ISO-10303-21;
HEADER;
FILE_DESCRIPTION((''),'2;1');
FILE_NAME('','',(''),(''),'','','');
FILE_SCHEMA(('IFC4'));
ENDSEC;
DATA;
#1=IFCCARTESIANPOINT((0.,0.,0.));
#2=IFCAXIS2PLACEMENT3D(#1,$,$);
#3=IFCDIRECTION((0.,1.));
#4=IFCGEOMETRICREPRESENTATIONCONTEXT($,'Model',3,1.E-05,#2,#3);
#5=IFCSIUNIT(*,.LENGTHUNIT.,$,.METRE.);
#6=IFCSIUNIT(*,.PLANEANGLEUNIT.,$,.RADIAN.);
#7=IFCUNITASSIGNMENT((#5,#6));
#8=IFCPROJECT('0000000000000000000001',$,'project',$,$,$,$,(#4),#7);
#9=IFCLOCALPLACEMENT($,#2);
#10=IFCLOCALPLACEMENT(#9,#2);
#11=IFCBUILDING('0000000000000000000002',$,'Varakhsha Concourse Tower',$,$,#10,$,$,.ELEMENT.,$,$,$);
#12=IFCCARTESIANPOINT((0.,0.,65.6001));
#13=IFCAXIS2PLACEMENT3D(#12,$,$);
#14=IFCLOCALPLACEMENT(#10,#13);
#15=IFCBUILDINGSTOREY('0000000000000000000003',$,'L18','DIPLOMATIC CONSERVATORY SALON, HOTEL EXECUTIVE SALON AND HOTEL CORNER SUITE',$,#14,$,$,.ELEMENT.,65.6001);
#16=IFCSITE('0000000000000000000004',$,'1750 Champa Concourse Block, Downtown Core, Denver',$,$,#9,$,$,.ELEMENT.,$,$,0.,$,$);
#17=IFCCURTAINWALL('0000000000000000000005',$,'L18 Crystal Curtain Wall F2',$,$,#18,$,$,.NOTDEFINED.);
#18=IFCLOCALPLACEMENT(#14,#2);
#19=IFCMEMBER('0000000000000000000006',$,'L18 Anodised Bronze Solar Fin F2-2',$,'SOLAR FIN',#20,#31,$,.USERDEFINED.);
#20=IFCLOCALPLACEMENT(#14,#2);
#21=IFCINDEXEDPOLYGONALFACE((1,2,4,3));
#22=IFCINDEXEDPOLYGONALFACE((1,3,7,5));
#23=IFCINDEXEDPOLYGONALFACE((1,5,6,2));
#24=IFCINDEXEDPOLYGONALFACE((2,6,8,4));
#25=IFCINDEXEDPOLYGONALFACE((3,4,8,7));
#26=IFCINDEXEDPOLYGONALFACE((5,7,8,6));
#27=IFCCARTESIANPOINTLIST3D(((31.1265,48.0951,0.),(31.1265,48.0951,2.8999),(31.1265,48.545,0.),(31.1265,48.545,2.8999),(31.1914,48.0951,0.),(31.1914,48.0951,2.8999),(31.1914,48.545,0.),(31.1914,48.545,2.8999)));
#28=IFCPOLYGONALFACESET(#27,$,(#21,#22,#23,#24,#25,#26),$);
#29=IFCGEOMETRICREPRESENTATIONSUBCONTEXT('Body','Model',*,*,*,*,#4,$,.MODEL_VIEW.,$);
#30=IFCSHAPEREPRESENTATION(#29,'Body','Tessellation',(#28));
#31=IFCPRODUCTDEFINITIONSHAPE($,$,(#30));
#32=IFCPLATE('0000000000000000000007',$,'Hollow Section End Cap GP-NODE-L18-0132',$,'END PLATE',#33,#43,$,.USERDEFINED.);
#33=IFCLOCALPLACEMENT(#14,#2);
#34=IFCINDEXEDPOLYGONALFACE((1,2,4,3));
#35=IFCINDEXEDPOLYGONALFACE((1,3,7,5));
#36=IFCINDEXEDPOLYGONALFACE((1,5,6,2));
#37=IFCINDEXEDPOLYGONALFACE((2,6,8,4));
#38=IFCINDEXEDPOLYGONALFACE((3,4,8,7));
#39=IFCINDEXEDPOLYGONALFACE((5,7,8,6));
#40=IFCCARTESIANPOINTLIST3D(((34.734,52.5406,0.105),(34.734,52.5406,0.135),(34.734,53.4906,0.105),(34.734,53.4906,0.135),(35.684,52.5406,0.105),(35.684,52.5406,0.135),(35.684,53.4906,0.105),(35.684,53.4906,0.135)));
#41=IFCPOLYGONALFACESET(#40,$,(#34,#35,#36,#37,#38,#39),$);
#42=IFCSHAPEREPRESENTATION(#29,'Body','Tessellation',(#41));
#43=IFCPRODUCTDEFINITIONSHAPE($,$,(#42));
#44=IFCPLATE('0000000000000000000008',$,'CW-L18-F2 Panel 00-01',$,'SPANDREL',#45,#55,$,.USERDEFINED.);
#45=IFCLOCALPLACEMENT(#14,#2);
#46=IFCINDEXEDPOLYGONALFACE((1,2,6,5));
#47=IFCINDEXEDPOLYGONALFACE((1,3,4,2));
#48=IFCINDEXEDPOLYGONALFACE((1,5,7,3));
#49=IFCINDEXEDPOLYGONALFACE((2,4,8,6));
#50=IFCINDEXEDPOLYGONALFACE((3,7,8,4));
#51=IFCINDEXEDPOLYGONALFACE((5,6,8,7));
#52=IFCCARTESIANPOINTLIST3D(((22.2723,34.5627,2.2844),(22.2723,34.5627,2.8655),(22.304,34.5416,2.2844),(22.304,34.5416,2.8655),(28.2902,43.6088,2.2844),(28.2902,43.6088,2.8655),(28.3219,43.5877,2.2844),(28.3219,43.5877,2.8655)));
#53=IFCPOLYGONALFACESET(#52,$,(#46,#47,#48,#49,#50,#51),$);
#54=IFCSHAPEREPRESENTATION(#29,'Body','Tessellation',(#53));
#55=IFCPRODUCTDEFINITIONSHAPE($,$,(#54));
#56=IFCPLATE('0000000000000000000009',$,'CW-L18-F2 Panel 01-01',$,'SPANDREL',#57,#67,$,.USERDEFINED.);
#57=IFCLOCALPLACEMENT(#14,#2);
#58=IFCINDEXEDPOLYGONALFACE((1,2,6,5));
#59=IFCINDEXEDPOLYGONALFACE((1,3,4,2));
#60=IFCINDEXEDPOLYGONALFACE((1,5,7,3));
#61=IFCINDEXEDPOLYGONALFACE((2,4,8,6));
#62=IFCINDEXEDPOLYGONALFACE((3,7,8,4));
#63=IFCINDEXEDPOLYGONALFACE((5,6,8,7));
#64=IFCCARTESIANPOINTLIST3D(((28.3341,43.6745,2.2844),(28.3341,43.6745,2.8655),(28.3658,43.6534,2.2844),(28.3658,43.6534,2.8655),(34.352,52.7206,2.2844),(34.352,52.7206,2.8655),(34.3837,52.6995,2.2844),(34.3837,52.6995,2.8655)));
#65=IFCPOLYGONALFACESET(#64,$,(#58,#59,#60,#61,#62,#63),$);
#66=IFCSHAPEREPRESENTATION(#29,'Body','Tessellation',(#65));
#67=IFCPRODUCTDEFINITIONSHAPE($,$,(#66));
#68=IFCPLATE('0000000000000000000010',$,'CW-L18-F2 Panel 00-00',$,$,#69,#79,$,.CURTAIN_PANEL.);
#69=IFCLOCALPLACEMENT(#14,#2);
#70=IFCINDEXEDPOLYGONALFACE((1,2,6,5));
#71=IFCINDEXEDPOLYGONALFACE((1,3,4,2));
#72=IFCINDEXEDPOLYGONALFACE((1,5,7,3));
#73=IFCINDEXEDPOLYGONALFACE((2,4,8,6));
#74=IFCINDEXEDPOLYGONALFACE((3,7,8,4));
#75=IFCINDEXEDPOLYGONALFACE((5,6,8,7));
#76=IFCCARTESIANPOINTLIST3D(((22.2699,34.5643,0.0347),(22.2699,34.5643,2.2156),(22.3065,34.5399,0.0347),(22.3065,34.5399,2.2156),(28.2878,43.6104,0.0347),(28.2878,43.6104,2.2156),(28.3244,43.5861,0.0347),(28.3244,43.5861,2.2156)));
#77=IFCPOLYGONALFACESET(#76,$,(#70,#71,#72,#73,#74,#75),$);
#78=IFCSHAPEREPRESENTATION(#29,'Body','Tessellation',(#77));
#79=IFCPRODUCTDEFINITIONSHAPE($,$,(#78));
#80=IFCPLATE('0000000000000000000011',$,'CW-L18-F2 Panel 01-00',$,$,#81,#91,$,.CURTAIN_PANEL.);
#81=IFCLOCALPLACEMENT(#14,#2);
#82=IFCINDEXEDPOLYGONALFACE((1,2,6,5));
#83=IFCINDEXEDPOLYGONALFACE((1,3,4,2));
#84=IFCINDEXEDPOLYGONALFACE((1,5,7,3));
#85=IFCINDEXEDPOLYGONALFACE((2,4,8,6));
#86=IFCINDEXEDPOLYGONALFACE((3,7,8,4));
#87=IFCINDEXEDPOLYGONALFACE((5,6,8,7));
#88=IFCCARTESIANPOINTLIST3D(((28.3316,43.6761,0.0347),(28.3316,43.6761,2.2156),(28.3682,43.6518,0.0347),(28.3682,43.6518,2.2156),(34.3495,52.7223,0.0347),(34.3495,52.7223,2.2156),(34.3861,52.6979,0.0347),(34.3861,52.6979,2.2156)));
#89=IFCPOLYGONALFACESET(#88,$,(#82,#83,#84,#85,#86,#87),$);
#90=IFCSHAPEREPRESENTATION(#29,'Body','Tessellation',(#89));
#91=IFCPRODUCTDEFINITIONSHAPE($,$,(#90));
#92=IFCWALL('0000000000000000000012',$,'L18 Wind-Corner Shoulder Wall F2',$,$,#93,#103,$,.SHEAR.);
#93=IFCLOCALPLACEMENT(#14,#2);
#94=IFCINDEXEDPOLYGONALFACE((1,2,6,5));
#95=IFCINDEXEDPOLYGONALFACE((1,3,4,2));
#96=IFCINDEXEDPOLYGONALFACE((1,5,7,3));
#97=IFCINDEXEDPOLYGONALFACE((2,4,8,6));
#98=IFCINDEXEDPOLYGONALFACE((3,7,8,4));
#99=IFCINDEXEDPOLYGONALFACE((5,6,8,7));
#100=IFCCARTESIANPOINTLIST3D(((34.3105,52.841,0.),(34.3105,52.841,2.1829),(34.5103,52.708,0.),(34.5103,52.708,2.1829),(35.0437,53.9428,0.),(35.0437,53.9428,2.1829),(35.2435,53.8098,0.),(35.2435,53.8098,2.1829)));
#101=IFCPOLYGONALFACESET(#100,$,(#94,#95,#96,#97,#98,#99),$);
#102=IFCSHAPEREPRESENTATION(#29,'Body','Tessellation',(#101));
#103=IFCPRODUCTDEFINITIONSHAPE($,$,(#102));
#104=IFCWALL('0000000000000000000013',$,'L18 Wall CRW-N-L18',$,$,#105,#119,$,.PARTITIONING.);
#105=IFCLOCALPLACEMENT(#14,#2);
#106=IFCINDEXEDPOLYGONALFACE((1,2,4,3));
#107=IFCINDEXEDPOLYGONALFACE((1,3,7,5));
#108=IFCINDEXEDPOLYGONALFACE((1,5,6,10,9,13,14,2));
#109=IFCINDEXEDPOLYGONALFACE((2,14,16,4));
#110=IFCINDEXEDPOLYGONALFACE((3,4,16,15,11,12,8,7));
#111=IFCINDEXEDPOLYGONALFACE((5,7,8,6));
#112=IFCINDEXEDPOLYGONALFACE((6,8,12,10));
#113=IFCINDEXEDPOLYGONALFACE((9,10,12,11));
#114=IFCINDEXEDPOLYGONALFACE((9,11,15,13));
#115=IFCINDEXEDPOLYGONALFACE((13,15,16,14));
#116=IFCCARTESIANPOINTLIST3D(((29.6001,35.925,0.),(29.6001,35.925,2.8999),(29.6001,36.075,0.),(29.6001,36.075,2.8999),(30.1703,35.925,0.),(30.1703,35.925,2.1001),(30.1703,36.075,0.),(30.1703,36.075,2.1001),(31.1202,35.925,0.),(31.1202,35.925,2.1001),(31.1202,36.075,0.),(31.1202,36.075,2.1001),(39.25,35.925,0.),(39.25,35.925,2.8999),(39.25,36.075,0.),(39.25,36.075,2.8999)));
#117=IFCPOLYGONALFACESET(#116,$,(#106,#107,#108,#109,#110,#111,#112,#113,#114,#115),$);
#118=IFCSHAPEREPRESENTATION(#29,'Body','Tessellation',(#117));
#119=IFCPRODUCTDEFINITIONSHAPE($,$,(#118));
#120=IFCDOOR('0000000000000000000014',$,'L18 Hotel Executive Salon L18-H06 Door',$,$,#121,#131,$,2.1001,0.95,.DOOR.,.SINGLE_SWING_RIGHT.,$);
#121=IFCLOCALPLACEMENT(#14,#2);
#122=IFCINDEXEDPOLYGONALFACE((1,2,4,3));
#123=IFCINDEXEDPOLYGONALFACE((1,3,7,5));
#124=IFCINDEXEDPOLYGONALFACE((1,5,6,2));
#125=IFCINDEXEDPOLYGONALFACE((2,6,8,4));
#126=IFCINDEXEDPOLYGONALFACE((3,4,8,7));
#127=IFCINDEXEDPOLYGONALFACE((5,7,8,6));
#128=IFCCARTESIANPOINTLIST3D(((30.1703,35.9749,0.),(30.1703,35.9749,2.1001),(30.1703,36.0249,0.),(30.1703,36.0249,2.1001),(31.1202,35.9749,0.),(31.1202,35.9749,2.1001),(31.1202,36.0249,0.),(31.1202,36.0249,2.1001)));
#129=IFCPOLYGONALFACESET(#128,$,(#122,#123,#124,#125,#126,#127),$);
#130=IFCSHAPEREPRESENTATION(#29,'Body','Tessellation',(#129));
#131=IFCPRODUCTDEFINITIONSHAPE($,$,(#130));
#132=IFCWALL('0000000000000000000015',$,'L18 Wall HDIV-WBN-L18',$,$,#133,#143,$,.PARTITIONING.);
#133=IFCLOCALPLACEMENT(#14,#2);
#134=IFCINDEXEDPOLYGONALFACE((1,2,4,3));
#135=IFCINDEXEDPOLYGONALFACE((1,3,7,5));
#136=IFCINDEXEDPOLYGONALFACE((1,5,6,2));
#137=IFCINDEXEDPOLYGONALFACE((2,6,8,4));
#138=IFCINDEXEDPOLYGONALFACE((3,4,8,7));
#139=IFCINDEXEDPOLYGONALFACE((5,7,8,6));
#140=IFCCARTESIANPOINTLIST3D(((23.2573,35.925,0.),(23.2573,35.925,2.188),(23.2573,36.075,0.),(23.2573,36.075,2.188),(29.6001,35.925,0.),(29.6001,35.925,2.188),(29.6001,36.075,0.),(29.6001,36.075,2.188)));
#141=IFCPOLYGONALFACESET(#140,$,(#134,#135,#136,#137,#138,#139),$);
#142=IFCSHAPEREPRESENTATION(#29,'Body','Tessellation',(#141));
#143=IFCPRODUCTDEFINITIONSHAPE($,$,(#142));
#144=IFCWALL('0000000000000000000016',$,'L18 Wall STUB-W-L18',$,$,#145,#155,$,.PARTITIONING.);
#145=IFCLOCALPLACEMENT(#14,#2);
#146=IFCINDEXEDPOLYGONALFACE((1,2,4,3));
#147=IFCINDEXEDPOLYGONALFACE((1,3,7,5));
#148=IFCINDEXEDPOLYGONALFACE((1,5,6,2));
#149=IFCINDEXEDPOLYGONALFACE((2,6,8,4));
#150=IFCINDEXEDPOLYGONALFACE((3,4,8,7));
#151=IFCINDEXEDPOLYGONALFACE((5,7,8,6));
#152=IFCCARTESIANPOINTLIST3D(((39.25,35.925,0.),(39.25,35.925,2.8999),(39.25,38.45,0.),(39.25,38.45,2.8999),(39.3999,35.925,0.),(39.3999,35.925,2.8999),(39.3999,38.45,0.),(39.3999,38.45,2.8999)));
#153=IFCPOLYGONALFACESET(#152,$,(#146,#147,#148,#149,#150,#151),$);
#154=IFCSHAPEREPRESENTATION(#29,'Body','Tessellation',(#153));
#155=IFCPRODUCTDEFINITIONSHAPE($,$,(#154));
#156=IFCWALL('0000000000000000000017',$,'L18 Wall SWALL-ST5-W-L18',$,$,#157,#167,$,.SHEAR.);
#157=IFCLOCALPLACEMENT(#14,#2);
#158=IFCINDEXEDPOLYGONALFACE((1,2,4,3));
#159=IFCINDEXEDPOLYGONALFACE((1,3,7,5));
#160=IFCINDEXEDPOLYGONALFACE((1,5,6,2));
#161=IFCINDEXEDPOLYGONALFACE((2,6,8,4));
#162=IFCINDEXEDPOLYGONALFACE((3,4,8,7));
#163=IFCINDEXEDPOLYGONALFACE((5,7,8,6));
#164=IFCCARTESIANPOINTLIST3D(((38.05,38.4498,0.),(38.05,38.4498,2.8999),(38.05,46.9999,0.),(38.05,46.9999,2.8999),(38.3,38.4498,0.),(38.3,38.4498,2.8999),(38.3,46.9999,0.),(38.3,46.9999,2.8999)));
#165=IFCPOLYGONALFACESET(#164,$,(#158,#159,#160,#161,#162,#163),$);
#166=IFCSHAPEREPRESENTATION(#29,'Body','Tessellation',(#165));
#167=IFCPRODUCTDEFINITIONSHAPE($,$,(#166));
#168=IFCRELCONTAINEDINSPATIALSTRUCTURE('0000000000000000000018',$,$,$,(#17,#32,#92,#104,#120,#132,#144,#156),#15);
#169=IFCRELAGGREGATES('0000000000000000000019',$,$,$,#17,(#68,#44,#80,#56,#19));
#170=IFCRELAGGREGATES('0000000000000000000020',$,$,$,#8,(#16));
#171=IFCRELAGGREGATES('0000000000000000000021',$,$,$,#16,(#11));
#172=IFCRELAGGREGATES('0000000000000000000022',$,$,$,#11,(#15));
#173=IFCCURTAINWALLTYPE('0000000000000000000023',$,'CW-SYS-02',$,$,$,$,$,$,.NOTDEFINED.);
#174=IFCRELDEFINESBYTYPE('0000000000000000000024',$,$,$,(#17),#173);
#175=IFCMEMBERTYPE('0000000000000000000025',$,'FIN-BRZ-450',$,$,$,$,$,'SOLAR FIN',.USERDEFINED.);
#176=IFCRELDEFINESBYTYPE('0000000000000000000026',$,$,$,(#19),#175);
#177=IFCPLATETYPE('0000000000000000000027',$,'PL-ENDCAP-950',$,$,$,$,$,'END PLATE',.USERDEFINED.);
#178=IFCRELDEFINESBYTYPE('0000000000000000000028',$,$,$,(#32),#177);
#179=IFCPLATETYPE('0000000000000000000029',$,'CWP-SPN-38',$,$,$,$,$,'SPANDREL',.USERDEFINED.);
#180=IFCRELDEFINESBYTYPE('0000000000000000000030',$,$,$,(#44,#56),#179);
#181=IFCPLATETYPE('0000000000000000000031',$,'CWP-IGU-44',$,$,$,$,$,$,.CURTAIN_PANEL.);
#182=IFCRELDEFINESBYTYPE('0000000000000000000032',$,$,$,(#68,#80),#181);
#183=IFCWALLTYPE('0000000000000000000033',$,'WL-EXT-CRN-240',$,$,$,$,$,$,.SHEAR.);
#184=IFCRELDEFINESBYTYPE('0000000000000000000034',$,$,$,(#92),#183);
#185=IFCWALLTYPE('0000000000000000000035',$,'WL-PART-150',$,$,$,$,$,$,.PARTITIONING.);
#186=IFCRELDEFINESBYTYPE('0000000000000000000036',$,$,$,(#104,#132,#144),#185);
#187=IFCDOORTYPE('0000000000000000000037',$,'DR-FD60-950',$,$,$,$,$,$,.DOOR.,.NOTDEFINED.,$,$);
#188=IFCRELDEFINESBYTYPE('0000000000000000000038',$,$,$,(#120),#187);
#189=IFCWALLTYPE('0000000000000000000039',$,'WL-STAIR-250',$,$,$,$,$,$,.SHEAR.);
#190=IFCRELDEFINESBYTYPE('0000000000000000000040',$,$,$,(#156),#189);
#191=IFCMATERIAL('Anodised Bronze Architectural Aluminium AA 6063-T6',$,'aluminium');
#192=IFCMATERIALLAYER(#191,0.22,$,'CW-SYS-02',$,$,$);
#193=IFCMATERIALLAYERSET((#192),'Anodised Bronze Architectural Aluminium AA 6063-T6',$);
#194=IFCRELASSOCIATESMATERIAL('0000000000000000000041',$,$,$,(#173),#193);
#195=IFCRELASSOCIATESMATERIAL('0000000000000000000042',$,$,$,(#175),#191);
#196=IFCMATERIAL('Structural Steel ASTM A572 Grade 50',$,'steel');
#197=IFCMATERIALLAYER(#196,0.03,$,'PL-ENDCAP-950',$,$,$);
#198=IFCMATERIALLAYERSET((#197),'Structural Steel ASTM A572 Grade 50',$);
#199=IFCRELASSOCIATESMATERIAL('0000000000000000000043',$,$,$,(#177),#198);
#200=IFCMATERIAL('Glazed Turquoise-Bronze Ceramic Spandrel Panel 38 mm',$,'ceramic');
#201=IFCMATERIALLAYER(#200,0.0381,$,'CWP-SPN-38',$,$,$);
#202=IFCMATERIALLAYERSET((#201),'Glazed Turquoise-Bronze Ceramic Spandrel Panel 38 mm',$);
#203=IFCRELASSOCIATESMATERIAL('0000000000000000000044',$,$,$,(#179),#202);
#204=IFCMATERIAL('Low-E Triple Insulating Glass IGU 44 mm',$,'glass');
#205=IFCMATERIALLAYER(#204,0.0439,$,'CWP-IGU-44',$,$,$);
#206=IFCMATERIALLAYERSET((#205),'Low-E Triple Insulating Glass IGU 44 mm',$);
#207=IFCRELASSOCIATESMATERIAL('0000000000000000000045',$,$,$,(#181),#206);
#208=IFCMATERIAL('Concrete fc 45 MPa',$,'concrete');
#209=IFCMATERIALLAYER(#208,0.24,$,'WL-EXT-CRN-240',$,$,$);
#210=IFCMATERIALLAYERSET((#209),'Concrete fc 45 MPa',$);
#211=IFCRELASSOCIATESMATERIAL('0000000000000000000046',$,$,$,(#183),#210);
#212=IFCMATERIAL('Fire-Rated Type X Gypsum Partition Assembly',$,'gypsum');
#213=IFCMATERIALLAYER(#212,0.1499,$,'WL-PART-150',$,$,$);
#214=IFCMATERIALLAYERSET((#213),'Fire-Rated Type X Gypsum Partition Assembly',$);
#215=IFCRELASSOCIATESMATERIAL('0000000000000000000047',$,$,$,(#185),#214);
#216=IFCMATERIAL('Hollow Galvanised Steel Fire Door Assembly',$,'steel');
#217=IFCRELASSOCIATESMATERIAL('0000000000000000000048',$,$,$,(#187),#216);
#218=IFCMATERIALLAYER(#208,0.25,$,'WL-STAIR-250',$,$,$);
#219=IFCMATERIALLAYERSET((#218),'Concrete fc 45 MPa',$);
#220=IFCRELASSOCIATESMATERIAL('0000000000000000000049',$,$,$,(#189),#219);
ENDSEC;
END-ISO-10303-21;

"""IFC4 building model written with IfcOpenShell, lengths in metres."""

from ifc_helpers import new_model, si_unit, direction, frame, frame_2d, origin, origin_2d, place, context, subcontext, project, spatial, rectangle, extrude, source, transform, mapped, material, layer, layer_set, material_profile, profile_set, type_object, type_shapes, element, fill, aggregate, save


model = new_model("IFC4")

# Units and contexts
model_context = context("Model", 3, precision=1e-05, world=origin(), true_north=direction((0.0, 1.0)))
body_context = subcontext(model_context, "Body", "Model", "MODEL_VIEW")
ifc_project = project(units=[si_unit("LENGTHUNIT", "METRE"), si_unit("PLANEANGLEUNIT", "RADIAN")], contexts=[model_context])

# Site, building, storey
site_placement = place(None, origin())
site = spatial("IfcSite", under=ifc_project, at=site_placement, Name="1750 Champa Concourse Block, Downtown Core, Denver", CompositionType="ELEMENT", RefElevation=0.0)
building_placement = place(site_placement, origin())
building = spatial("IfcBuilding", under=site, at=building_placement, Name="Varakhsha Concourse Tower", CompositionType="ELEMENT")
storey_placement = place(building_placement, frame((0.0, 0.0, 65.6001)))
storey = spatial("IfcBuildingStorey", under=building, at=storey_placement, Name="L18", Description="DIPLOMATIC CONSERVATORY SALON, HOTEL EXECUTIVE SALON AND HOTEL CORNER SUITE", CompositionType="ELEMENT", Elevation=65.6001)

# Shared definitions
ifc_material_1 = material(Name="Structural Steel ASTM A572 Grade 50", Category="steel")

# Curtain wall
ifc_material_2 = material(Name="Anodised Bronze Architectural Aluminium AA 6063-T6", Category="aluminium")
ifc_layer_1 = layer(ifc_material_2, 0.22, Name="CW-SYS-02")
ifc_layer_set_1 = layer_set([ifc_layer_1], Name="Anodised Bronze Architectural Aluminium AA 6063-T6")
curtain_wall_type = type_object("IfcCurtainWallType", Name="CW-SYS-02", PredefinedType="NOTDEFINED", material=ifc_layer_set_1)
curtain_wall_1_placement = place(storey_placement, origin())
curtain_wall_1 = element("IfcCurtainWall", 1, at=curtain_wall_1_placement, inside=storey, type_object=curtain_wall_type, Name="L18 Crystal Curtain Wall F2", PredefinedType="NOTDEFINED")

# Member
ifc_material_profile_1 = material_profile(ifc_material_2, rectangle(XDim=0.0649, YDim=0.45, at=origin_2d()), Name="FIN-BRZ-450")
ifc_profile_set_1 = profile_set([ifc_material_profile_1], Name="Anodised Bronze Architectural Aluminium AA 6063-T6")
member_type_1 = type_object("IfcMemberType", Name="FIN-BRZ-450", ElementType="SOLAR FIN", PredefinedType="USERDEFINED", material=ifc_profile_set_1)
shared_shape_1 = source(origin(), body_context, "Body", "SweptSolid", [
    extrude(rectangle(XDim=0.0649, YDim=0.45, at=origin_2d()), origin(), (0.0, 0.0, 1.0), 2.8999),
])
type_shapes(member_type_1, [shared_shape_1])
member_1_placement = place(storey_placement, frame((31.1589, 48.3201, 0.0), z_axis=(0.0, 0.0, 1.0), x_axis=(1.0, 0.0, 0.0)))
member_1 = element("IfcMember", 2, at=member_1_placement, type_object=member_type_1, Name="L18 Anodised Bronze Solar Fin F2-2", ObjectType="SOLAR FIN", PredefinedType="USERDEFINED", context=body_context, shape_type="MappedRepresentation", body=[
    mapped(shared_shape_1, transform((0.0, 0.0, 0.0), scale=1.0)),
])

# Plates
ifc_layer_2 = layer(ifc_material_1, 0.03, Name="PL-ENDCAP-950")
ifc_layer_set_2 = layer_set([ifc_layer_2], Name="Structural Steel ASTM A572 Grade 50")
plate_type_1 = type_object("IfcPlateType", Name="PL-ENDCAP-950", ElementType="END PLATE", PredefinedType="USERDEFINED", material=ifc_layer_set_2)
shared_shape_2 = source(origin(), body_context, "Body", "SweptSolid", [
    extrude(rectangle(XDim=0.95, YDim=0.95, at=origin_2d()), origin(), (0.0, 0.0, 1.0), 0.03),
])
type_shapes(plate_type_1, [shared_shape_2])
plate_1_placement = place(storey_placement, frame((35.209, 53.0156, 0.105), z_axis=(0.0, 0.0, 1.0), x_axis=(1.0, 0.0, 0.0)))
element("IfcPlate", 3, at=plate_1_placement, inside=storey, type_object=plate_type_1, Name="Hollow Section End Cap GP-NODE-L18-0132", ObjectType="END PLATE", PredefinedType="USERDEFINED", context=body_context, shape_type="MappedRepresentation", body=[
    mapped(shared_shape_2, transform((0.0, 0.0, 0.0), scale=1.0)),
])
ifc_material_3 = material(Name="Glazed Turquoise-Bronze Ceramic Spandrel Panel 38 mm", Category="ceramic")
ifc_layer_3 = layer(ifc_material_3, 0.0381, Name="CWP-SPN-38")
ifc_layer_set_3 = layer_set([ifc_layer_3], Name="Glazed Turquoise-Bronze Ceramic Spandrel Panel 38 mm")
plate_type_2 = type_object("IfcPlateType", Name="CWP-SPN-38", ElementType="SPANDREL", PredefinedType="USERDEFINED", material=ifc_layer_set_3)
shared_shape_3 = source(origin(), body_context, "Body", "SweptSolid", [
    extrude(rectangle(XDim=10.865, YDim=0.0381, at=origin_2d()), origin(), (0.0, 0.0, 1.0), 0.5811),
])
type_shapes(plate_type_2, [shared_shape_3])
plate_2_placement = place(storey_placement, frame((25.2971, 39.0752, 2.2844), z_axis=(0.0, 0.0, 1.0), x_axis=(0.55388, 0.832597, 0.0)))
plate_2 = element("IfcPlate", 4, at=plate_2_placement, type_object=plate_type_2, Name="CW-L18-F2 Panel 00-01", ObjectType="SPANDREL", PredefinedType="USERDEFINED", context=body_context, shape_type="MappedRepresentation", body=[
    mapped(shared_shape_3, transform((0.0, 0.0, 0.0), scale=1.0)),
])
plate_3_placement = place(storey_placement, frame((31.3589, 48.187, 2.2844), z_axis=(0.0, 0.0, 1.0), x_axis=(0.55388, 0.832597, 0.0)))
plate_3 = element("IfcPlate", 5, at=plate_3_placement, type_object=plate_type_2, Name="CW-L18-F2 Panel 01-01", ObjectType="SPANDREL", PredefinedType="USERDEFINED", context=body_context, shape_type="MappedRepresentation", body=[
    mapped(shared_shape_3, transform((0.0, 0.0, 0.0), scale=1.0)),
])
ifc_material_4 = material(Name="Low-E Triple Insulating Glass IGU 44 mm", Category="glass")
ifc_layer_4 = layer(ifc_material_4, 0.0439, Name="CWP-IGU-44")
ifc_layer_set_4 = layer_set([ifc_layer_4], Name="Low-E Triple Insulating Glass IGU 44 mm")
plate_type_3 = type_object("IfcPlateType", Name="CWP-IGU-44", PredefinedType="CURTAIN_PANEL", material=ifc_layer_set_4)
shared_shape_4 = source(origin(), body_context, "Body", "SweptSolid", [
    extrude(rectangle(XDim=10.865, YDim=0.0439, at=origin_2d()), origin(), (0.0, 0.0, 1.0), 2.1809),
])
type_shapes(plate_type_3, [shared_shape_4])
plate_4_placement = place(storey_placement, frame((25.2971, 39.0752, 0.0347), z_axis=(0.0, 0.0, 1.0), x_axis=(0.55388, 0.832597, 0.0)))
plate_4 = element("IfcPlate", 6, at=plate_4_placement, type_object=plate_type_3, Name="CW-L18-F2 Panel 00-00", PredefinedType="CURTAIN_PANEL", context=body_context, shape_type="MappedRepresentation", body=[
    mapped(shared_shape_4, transform((0.0, 0.0, 0.0), scale=1.0)),
])
plate_5_placement = place(storey_placement, frame((31.3589, 48.187, 0.0347), z_axis=(0.0, 0.0, 1.0), x_axis=(0.55388, 0.832597, 0.0)))
plate_5 = element("IfcPlate", 7, at=plate_5_placement, type_object=plate_type_3, Name="CW-L18-F2 Panel 01-00", PredefinedType="CURTAIN_PANEL", context=body_context, shape_type="MappedRepresentation", body=[
    mapped(shared_shape_4, transform((0.0, 0.0, 0.0), scale=1.0)),
])
aggregate(curtain_wall_1, [plate_4, plate_2, plate_5, plate_3, member_1])

# Wall
ifc_material_5 = material(Name="Concrete fc 45 MPa", Category="concrete")
ifc_layer_5 = layer(ifc_material_5, 0.24, Name="WL-EXT-CRN-240")
ifc_layer_set_5 = layer_set([ifc_layer_5], Name="Concrete fc 45 MPa")
wall_type_1 = type_object("IfcWallType", Name="WL-EXT-CRN-240", PredefinedType="SHEAR", material=ifc_layer_set_5)
wall_1_placement = place(storey_placement, frame((35.1436, 53.8762, 0.0), z_axis=(0.0, 0.0, 1.0), x_axis=(-0.553976, -0.832532, 0.0)))
element("IfcWall", 8, at=wall_1_placement, inside=storey, type_object=wall_type_1, Name="L18 Wind-Corner Shoulder Wall F2", PredefinedType="SHEAR", context=body_context, shape_type="SweptSolid", body=[
    extrude(rectangle(XDim=1.3235, YDim=0.24, at=frame_2d((0.6616, 0.0))), origin(), (0.0, 0.0, 1.0), 2.1829),
])

# Wall, opening, door
ifc_material_6 = material(Name="Fire-Rated Type X Gypsum Partition Assembly", Category="gypsum")
ifc_layer_6 = layer(ifc_material_6, 0.1499, Name="WL-PART-150")
ifc_layer_set_6 = layer_set([ifc_layer_6], Name="Fire-Rated Type X Gypsum Partition Assembly")
wall_type_2 = type_object("IfcWallType", Name="WL-PART-150", PredefinedType="PARTITIONING", material=ifc_layer_set_6)
wall_2_placement = place(storey_placement, frame((29.6001, 36.0, 0.0), z_axis=(0.0, 0.0, 1.0), x_axis=(1.0, 0.0, 0.0)))
wall_2 = element("IfcWall", 9, at=wall_2_placement, inside=storey, type_object=wall_type_2, Name="L18 Wall CRW-N-L18", PredefinedType="PARTITIONING", context=body_context, shape_type="SweptSolid", body=[
    extrude(rectangle(XDim=9.6499, YDim=0.1499, at=frame_2d((4.825, 0.0))), origin(), (0.0, 0.0, 1.0), 2.8999),
])
opening_1_placement = place(wall_2_placement, frame((0.5701, 0.0, 0.0)))
opening_1 = element("IfcOpeningElement", 10, at=opening_1_placement, cuts=wall_2, PredefinedType="OPENING", context=body_context, shape_type="SweptSolid", body=[
    extrude(rectangle(XDim=0.95, YDim=2.1001, at=frame_2d((0.4751, 1.05))), frame((0.0, 0.085, 0.0), z_axis=(0.0, -1.0, 0.0), x_axis=(1.0, 0.0, 0.0)), (0.0, 0.0, 1.0), 0.1699),
])
ifc_material_7 = material(Name="Hollow Galvanised Steel Fire Door Assembly", Category="steel")
door_type_1 = type_object("IfcDoorType", Name="DR-FD60-950", OperationType="NOTDEFINED", PredefinedType="DOOR", material=ifc_material_7)
door_1_placement = place(opening_1_placement, origin())
door_1 = element("IfcDoor", 11, at=door_1_placement, inside=storey, type_object=door_type_1, Name="L18 Hotel Executive Salon L18-H06 Door", OperationType="SINGLE_SWING_RIGHT", OverallHeight=2.1001, OverallWidth=0.95, PredefinedType="DOOR", context=body_context, shape_type="SweptSolid", body=[
    extrude(rectangle(XDim=0.95, YDim=2.1001, at=frame_2d((0.4751, 1.05))), frame((0.0, 0.0249, 0.0), z_axis=(0.0, -1.0, 0.0), x_axis=(1.0, 0.0, 0.0)), (0.0, 0.0, 1.0), 0.05),
])
fill(opening_1, door_1)

# Walls
wall_3_placement = place(storey_placement, frame((23.2573, 36.0, 0.0), z_axis=(0.0, 0.0, 1.0), x_axis=(1.0, 0.0, 0.0)))
element("IfcWall", 12, at=wall_3_placement, inside=storey, type_object=wall_type_2, Name="L18 Wall HDIV-WBN-L18", PredefinedType="PARTITIONING", context=body_context, shape_type="SweptSolid", body=[
    extrude(rectangle(XDim=6.3428, YDim=0.1499, at=frame_2d((3.1714, 0.0))), origin(), (0.0, 0.0, 1.0), 2.188),
])
wall_4_placement = place(storey_placement, frame((39.325, 35.925, 0.0), z_axis=(0.0, 0.0, 1.0), x_axis=(0.0, 1.0, 0.0)))
element("IfcWall", 13, at=wall_4_placement, inside=storey, type_object=wall_type_2, Name="L18 Wall STUB-W-L18", PredefinedType="PARTITIONING", context=body_context, shape_type="SweptSolid", body=[
    extrude(rectangle(XDim=2.5249, YDim=0.1499, at=frame_2d((1.2625, 0.0))), origin(), (0.0, 0.0, 1.0), 2.8999),
])
ifc_layer_7 = layer(ifc_material_5, 0.25, Name="WL-STAIR-250")
ifc_layer_set_7 = layer_set([ifc_layer_7], Name="Concrete fc 45 MPa")
wall_type_3 = type_object("IfcWallType", Name="WL-STAIR-250", PredefinedType="SHEAR", material=ifc_layer_set_7)
wall_5_placement = place(storey_placement, frame((38.175, 38.45, 0.0), z_axis=(0.0, 0.0, 1.0), x_axis=(0.0, 1.0, 0.0)))
element("IfcWall", 14, at=wall_5_placement, inside=storey, type_object=wall_type_3, Name="L18 Wall SWALL-ST5-W-L18", PredefinedType="SHEAR", context=body_context, shape_type="SweptSolid", body=[
    extrude(rectangle(XDim=8.55, YDim=0.25, at=frame_2d((4.2749, 0.0))), origin(), (0.0, 0.0, 1.0), 2.8999),
])

save(model, "model.ifc")
